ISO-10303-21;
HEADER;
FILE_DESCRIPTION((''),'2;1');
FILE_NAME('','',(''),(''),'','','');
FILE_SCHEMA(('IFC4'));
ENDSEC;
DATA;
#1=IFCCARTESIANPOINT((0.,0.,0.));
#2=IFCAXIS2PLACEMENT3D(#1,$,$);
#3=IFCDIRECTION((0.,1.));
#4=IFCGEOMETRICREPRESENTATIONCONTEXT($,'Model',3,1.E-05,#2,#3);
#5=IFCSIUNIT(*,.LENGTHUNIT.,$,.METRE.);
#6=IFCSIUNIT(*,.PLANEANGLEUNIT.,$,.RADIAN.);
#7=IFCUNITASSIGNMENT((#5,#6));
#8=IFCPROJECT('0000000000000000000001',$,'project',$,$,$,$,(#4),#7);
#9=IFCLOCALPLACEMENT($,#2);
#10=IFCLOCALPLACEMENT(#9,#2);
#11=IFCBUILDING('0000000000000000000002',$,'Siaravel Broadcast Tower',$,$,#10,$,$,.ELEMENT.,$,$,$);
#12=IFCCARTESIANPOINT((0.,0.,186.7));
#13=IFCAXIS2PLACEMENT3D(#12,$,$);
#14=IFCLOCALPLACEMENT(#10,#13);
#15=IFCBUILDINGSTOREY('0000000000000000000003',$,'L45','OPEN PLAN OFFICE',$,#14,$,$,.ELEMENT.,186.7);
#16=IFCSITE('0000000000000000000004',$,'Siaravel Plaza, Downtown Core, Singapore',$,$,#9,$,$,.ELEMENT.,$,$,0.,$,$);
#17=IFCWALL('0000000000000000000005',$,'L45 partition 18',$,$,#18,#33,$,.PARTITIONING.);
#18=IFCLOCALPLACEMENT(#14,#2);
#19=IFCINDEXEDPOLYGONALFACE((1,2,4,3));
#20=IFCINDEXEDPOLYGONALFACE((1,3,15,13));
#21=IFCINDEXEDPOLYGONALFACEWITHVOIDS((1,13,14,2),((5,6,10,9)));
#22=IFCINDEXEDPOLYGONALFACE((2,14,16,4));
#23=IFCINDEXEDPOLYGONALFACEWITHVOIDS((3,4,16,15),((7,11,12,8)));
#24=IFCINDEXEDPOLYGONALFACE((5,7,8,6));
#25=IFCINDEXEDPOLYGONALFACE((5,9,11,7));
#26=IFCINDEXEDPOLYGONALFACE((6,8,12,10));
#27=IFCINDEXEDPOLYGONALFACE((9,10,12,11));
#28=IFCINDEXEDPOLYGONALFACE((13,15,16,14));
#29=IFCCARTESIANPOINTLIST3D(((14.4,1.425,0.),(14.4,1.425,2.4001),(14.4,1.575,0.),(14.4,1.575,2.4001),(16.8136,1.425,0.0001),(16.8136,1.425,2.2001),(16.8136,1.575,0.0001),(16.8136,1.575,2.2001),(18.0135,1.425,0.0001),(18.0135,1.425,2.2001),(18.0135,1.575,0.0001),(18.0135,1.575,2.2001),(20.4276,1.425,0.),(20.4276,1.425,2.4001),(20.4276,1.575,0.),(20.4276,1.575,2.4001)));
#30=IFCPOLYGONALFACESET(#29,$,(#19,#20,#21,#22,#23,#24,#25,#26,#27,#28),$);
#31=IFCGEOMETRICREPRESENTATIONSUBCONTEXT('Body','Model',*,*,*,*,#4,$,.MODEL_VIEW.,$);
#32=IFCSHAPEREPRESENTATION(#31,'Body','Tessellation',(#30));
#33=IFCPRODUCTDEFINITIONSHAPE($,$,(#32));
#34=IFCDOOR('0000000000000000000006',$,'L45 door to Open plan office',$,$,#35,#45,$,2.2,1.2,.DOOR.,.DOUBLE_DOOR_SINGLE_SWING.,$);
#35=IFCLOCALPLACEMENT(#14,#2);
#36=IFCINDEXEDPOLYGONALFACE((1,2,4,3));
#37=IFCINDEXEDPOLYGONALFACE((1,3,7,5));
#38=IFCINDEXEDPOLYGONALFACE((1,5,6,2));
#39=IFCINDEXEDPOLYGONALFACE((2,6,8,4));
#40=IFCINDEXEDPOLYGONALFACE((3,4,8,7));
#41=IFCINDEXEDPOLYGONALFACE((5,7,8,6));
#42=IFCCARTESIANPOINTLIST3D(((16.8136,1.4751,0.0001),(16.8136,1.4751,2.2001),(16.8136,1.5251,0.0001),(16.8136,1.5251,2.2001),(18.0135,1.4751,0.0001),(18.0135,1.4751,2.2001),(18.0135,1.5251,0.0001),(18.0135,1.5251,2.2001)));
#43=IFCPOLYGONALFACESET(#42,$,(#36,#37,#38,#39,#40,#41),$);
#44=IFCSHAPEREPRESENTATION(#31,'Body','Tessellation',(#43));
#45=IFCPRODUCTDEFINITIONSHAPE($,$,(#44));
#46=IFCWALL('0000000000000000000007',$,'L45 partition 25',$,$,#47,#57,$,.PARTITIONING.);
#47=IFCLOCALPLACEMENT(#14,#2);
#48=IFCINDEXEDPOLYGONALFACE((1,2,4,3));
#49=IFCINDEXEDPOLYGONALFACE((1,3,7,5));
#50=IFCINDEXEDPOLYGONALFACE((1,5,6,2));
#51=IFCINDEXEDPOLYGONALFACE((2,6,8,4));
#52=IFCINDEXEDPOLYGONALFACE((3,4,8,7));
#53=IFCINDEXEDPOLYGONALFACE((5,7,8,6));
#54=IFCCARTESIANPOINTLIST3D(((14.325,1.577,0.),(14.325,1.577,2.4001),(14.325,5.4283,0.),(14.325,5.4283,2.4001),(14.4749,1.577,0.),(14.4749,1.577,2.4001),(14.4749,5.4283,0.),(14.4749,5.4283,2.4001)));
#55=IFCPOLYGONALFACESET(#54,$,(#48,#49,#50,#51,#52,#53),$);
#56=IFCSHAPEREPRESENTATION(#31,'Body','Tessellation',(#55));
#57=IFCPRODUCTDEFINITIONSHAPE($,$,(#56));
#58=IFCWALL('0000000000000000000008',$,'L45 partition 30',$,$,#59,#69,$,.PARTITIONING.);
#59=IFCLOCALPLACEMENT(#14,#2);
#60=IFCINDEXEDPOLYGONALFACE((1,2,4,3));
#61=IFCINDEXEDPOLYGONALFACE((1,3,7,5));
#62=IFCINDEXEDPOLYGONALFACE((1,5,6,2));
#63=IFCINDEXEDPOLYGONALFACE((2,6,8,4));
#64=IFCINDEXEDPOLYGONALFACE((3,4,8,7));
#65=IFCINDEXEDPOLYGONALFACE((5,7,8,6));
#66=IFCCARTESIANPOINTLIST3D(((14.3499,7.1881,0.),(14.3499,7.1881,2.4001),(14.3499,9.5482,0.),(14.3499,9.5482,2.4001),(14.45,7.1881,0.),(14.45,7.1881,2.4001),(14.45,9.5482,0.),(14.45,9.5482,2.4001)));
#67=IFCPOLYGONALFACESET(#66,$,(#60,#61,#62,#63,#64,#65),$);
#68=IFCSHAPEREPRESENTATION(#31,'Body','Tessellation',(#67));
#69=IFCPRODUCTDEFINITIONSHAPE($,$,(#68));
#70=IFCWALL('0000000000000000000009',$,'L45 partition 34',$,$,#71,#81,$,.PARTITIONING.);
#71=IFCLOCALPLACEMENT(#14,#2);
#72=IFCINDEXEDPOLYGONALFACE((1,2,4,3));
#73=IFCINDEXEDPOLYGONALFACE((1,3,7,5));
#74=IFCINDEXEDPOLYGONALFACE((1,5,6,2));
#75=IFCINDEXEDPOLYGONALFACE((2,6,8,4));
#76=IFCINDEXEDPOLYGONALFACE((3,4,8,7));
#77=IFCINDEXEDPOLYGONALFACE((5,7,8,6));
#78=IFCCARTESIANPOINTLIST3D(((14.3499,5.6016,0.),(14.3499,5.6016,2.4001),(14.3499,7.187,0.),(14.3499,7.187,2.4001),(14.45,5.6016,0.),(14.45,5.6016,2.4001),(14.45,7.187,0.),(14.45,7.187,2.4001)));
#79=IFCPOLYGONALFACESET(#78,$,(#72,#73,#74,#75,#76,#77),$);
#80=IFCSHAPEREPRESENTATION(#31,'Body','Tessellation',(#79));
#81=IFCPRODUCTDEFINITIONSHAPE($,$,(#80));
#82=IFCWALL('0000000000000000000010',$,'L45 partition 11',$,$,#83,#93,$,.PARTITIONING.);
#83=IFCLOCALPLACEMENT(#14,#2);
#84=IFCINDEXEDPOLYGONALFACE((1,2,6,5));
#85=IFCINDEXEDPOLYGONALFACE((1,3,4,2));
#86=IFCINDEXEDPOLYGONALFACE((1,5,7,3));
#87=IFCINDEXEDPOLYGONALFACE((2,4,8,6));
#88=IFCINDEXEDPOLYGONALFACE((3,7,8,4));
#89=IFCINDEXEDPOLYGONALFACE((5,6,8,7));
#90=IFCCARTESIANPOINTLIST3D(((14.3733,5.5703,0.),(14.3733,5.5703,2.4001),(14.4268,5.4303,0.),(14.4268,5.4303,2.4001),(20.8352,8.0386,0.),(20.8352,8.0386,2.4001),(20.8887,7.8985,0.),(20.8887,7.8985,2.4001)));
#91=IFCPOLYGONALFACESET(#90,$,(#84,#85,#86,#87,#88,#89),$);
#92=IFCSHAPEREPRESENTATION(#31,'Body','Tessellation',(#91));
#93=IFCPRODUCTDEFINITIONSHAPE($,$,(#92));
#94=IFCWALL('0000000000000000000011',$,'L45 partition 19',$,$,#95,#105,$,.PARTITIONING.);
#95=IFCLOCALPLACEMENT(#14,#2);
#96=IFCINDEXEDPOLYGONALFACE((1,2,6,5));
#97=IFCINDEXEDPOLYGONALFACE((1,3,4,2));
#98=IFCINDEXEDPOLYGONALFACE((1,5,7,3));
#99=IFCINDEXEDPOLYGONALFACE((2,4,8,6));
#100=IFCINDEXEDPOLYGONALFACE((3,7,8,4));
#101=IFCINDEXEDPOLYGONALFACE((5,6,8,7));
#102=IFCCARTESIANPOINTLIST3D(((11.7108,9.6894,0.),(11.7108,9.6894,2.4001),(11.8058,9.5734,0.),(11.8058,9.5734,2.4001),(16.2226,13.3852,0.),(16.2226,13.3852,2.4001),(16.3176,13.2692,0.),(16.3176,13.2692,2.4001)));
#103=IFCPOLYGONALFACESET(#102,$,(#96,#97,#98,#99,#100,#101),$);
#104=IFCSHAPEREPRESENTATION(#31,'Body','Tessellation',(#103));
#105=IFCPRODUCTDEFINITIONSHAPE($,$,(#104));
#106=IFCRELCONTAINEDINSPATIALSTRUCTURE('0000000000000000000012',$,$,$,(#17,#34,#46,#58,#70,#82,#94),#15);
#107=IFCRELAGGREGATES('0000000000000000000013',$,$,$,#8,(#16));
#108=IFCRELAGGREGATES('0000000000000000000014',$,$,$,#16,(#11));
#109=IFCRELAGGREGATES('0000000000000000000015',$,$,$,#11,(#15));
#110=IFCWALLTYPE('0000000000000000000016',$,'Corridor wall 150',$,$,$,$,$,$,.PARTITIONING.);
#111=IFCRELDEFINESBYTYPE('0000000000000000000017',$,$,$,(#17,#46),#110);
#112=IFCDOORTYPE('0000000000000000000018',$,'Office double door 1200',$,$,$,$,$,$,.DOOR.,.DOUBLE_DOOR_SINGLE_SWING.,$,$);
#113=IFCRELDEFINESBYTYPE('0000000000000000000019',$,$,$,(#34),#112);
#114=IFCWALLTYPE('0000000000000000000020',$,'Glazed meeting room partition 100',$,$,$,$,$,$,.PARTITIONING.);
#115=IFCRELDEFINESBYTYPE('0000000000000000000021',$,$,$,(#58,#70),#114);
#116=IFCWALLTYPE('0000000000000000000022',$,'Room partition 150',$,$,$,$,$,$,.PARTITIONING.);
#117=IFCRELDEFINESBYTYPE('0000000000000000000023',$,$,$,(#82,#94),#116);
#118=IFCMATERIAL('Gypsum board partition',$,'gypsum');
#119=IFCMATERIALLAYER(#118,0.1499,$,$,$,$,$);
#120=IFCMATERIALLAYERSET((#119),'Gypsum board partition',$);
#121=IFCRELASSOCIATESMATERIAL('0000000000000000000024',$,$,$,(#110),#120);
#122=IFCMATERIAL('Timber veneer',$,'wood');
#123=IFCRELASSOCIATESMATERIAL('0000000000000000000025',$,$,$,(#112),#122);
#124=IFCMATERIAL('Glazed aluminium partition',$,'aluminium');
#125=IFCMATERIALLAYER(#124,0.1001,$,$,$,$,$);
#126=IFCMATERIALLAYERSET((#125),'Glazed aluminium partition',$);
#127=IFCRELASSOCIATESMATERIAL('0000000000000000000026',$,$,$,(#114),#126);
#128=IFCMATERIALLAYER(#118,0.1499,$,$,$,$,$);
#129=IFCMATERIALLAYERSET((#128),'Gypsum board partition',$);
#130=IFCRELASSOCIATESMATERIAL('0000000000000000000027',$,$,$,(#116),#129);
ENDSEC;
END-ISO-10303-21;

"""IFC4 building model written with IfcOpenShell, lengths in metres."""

from ifc_helpers import new_model, si_unit, direction, frame, frame_2d, origin, place, context, subcontext, project, spatial, rectangle, extrude, material, layer, layer_set, type_object, element, fill, save


model = new_model("IFC4")

# Units and contexts
model_context = context("Model", 3, precision=1e-05, world=origin(), true_north=direction((0.0, 1.0)))
body_context = subcontext(model_context, "Body", "Model", "MODEL_VIEW")
ifc_project = project(units=[si_unit("LENGTHUNIT", "METRE"), si_unit("PLANEANGLEUNIT", "RADIAN")], contexts=[model_context])

# Site, building, storey
site_placement = place(None, origin())
site = spatial("IfcSite", under=ifc_project, at=site_placement, Name="Siaravel Plaza, Downtown Core, Singapore", CompositionType="ELEMENT", RefElevation=0.0)
building_placement = place(site_placement, origin())
building = spatial("IfcBuilding", under=site, at=building_placement, Name="Siaravel Broadcast Tower", CompositionType="ELEMENT")
storey_placement = place(building_placement, frame((0.0, 0.0, 186.7)))
storey = spatial("IfcBuildingStorey", under=building, at=storey_placement, Name="L45", Description="OPEN PLAN OFFICE", CompositionType="ELEMENT", Elevation=186.7)

# Wall, opening, door
ifc_material_1 = material(Name="Gypsum board partition", Category="gypsum")
ifc_layer_1 = layer(ifc_material_1, 0.1499)
ifc_layer_set_1 = layer_set([ifc_layer_1], Name="Gypsum board partition")
wall_type_1 = type_object("IfcWallType", Name="Corridor wall 150", PredefinedType="PARTITIONING", material=ifc_layer_set_1)
ifc_material_2 = material(Name="Timber veneer", Category="wood")
door_type_1 = type_object("IfcDoorType", Name="Office double door 1200", OperationType="DOUBLE_DOOR_SINGLE_SWING", PredefinedType="DOOR", material=ifc_material_2)
wall_1_placement = place(storey_placement, frame((20.4275, 1.5, 0.0), z_axis=(0.0, 0.0, 1.0), x_axis=(-1.0, 0.0, 0.0)))
wall_1 = element("IfcWall", 1, at=wall_1_placement, inside=storey, type_object=wall_type_1, Name="L45 partition 18", PredefinedType="PARTITIONING", context=body_context, shape_type="SweptSolid", body=[
    extrude(rectangle(XDim=6.0276, YDim=0.1499, at=frame_2d((3.0137, 0.0))), origin(), (0.0, 0.0, 1.0), 2.4001),
])
opening_1_placement = place(wall_1_placement, frame((2.4138, 0.0, 0.0)))
opening_1 = element("IfcOpeningElement", 2, at=opening_1_placement, cuts=wall_1, PredefinedType="OPENING", context=body_context, shape_type="SweptSolid", body=[
    extrude(rectangle(XDim=1.2, YDim=2.2, at=frame_2d((0.6001, 1.1001))), frame((0.0, 0.085, 0.0), z_axis=(0.0, -1.0, 0.0), x_axis=(1.0, 0.0, 0.0)), (0.0, 0.0, 1.0), 0.1699),
])
door_1_placement = place(opening_1_placement, origin())
door_1 = element("IfcDoor", 3, at=door_1_placement, inside=storey, type_object=door_type_1, Name="L45 door to Open plan office", OperationType="DOUBLE_DOOR_SINGLE_SWING", OverallHeight=2.2, OverallWidth=1.2, PredefinedType="DOOR", context=body_context, shape_type="SweptSolid", body=[
    extrude(rectangle(XDim=1.2, YDim=2.2, at=frame_2d((0.6001, 1.1001))), frame((0.0, 0.0249, 0.0), z_axis=(0.0, -1.0, 0.0), x_axis=(1.0, 0.0, 0.0)), (0.0, 0.0, 1.0), 0.05),
])
fill(opening_1, door_1)

# Wall
wall_2_placement = place(storey_placement, frame((14.3999, 1.5769, 0.0), z_axis=(0.0, 0.0, 1.0), x_axis=(0.0, 1.0, 0.0)))
element("IfcWall", 4, at=wall_2_placement, inside=storey, type_object=wall_type_1, Name="L45 partition 25", PredefinedType="PARTITIONING", context=body_context, shape_type="SweptSolid", body=[
    extrude(rectangle(XDim=3.8513, YDim=0.1499, at=frame_2d((1.9258, 0.0))), origin(), (0.0, 0.0, 1.0), 2.4001),
])

# Shared definitions
ifc_material_3 = material(Name="Glazed aluminium partition", Category="aluminium")
ifc_layer_2 = layer(ifc_material_3, 0.1001)
ifc_layer_set_2 = layer_set([ifc_layer_2], Name="Glazed aluminium partition")
wall_type_2 = type_object("IfcWallType", Name="Glazed meeting room partition 100", PredefinedType="PARTITIONING", material=ifc_layer_set_2)

# Walls
wall_3_placement = place(storey_placement, frame((14.3999, 7.188, 0.0), z_axis=(0.0, 0.0, 1.0), x_axis=(0.0, 1.0, 0.0)))
element("IfcWall", 5, at=wall_3_placement, inside=storey, type_object=wall_type_2, Name="L45 partition 30", PredefinedType="PARTITIONING", context=body_context, shape_type="SweptSolid", body=[
    extrude(rectangle(XDim=2.3601, YDim=0.1001, at=frame_2d((1.1802, 0.0))), origin(), (0.0, 0.0, 1.0), 2.4001),
])
wall_4_placement = place(storey_placement, frame((14.3999, 5.6016, 0.0), z_axis=(0.0, 0.0, 1.0), x_axis=(0.0, 1.0, 0.0)))
element("IfcWall", 6, at=wall_4_placement, inside=storey, type_object=wall_type_2, Name="L45 partition 34", PredefinedType="PARTITIONING", context=body_context, shape_type="SweptSolid", body=[
    extrude(rectangle(XDim=1.5854, YDim=0.1001, at=frame_2d((0.7927, 0.0))), origin(), (0.0, 0.0, 1.0), 2.4001),
])
ifc_layer_3 = layer(ifc_material_1, 0.1499)
ifc_layer_set_3 = layer_set([ifc_layer_3], Name="Gypsum board partition")
wall_type_3 = type_object("IfcWallType", Name="Room partition 150", PredefinedType="PARTITIONING", material=ifc_layer_set_3)
wall_5_placement = place(storey_placement, frame((20.8618, 7.9685, 0.0), z_axis=(0.0, 0.0, 1.0), x_axis=(-0.934171, -0.356826, 0.0)))
element("IfcWall", 7, at=wall_5_placement, inside=storey, type_object=wall_type_3, Name="L45 partition 11", PredefinedType="PARTITIONING", context=body_context, shape_type="SweptSolid", body=[
    extrude(rectangle(XDim=6.9172, YDim=0.1499, at=frame_2d((3.4585, 0.0))), origin(), (0.0, 0.0, 1.0), 2.4001),
])
wall_6_placement = place(storey_placement, frame((16.27, 13.3271, 0.0), z_axis=(0.0, 0.0, 1.0), x_axis=(-0.773588, -0.633689, 0.0)))
element("IfcWall", 8, at=wall_6_placement, inside=storey, type_object=wall_type_3, Name="L45 partition 19", PredefinedType="PARTITIONING", context=body_context, shape_type="SweptSolid", body=[
    extrude(rectangle(XDim=5.8323, YDim=0.1499, at=frame_2d((2.916, 0.0))), origin(), (0.0, 0.0, 1.0), 2.4001),
])

save(model, "model.ifc")
